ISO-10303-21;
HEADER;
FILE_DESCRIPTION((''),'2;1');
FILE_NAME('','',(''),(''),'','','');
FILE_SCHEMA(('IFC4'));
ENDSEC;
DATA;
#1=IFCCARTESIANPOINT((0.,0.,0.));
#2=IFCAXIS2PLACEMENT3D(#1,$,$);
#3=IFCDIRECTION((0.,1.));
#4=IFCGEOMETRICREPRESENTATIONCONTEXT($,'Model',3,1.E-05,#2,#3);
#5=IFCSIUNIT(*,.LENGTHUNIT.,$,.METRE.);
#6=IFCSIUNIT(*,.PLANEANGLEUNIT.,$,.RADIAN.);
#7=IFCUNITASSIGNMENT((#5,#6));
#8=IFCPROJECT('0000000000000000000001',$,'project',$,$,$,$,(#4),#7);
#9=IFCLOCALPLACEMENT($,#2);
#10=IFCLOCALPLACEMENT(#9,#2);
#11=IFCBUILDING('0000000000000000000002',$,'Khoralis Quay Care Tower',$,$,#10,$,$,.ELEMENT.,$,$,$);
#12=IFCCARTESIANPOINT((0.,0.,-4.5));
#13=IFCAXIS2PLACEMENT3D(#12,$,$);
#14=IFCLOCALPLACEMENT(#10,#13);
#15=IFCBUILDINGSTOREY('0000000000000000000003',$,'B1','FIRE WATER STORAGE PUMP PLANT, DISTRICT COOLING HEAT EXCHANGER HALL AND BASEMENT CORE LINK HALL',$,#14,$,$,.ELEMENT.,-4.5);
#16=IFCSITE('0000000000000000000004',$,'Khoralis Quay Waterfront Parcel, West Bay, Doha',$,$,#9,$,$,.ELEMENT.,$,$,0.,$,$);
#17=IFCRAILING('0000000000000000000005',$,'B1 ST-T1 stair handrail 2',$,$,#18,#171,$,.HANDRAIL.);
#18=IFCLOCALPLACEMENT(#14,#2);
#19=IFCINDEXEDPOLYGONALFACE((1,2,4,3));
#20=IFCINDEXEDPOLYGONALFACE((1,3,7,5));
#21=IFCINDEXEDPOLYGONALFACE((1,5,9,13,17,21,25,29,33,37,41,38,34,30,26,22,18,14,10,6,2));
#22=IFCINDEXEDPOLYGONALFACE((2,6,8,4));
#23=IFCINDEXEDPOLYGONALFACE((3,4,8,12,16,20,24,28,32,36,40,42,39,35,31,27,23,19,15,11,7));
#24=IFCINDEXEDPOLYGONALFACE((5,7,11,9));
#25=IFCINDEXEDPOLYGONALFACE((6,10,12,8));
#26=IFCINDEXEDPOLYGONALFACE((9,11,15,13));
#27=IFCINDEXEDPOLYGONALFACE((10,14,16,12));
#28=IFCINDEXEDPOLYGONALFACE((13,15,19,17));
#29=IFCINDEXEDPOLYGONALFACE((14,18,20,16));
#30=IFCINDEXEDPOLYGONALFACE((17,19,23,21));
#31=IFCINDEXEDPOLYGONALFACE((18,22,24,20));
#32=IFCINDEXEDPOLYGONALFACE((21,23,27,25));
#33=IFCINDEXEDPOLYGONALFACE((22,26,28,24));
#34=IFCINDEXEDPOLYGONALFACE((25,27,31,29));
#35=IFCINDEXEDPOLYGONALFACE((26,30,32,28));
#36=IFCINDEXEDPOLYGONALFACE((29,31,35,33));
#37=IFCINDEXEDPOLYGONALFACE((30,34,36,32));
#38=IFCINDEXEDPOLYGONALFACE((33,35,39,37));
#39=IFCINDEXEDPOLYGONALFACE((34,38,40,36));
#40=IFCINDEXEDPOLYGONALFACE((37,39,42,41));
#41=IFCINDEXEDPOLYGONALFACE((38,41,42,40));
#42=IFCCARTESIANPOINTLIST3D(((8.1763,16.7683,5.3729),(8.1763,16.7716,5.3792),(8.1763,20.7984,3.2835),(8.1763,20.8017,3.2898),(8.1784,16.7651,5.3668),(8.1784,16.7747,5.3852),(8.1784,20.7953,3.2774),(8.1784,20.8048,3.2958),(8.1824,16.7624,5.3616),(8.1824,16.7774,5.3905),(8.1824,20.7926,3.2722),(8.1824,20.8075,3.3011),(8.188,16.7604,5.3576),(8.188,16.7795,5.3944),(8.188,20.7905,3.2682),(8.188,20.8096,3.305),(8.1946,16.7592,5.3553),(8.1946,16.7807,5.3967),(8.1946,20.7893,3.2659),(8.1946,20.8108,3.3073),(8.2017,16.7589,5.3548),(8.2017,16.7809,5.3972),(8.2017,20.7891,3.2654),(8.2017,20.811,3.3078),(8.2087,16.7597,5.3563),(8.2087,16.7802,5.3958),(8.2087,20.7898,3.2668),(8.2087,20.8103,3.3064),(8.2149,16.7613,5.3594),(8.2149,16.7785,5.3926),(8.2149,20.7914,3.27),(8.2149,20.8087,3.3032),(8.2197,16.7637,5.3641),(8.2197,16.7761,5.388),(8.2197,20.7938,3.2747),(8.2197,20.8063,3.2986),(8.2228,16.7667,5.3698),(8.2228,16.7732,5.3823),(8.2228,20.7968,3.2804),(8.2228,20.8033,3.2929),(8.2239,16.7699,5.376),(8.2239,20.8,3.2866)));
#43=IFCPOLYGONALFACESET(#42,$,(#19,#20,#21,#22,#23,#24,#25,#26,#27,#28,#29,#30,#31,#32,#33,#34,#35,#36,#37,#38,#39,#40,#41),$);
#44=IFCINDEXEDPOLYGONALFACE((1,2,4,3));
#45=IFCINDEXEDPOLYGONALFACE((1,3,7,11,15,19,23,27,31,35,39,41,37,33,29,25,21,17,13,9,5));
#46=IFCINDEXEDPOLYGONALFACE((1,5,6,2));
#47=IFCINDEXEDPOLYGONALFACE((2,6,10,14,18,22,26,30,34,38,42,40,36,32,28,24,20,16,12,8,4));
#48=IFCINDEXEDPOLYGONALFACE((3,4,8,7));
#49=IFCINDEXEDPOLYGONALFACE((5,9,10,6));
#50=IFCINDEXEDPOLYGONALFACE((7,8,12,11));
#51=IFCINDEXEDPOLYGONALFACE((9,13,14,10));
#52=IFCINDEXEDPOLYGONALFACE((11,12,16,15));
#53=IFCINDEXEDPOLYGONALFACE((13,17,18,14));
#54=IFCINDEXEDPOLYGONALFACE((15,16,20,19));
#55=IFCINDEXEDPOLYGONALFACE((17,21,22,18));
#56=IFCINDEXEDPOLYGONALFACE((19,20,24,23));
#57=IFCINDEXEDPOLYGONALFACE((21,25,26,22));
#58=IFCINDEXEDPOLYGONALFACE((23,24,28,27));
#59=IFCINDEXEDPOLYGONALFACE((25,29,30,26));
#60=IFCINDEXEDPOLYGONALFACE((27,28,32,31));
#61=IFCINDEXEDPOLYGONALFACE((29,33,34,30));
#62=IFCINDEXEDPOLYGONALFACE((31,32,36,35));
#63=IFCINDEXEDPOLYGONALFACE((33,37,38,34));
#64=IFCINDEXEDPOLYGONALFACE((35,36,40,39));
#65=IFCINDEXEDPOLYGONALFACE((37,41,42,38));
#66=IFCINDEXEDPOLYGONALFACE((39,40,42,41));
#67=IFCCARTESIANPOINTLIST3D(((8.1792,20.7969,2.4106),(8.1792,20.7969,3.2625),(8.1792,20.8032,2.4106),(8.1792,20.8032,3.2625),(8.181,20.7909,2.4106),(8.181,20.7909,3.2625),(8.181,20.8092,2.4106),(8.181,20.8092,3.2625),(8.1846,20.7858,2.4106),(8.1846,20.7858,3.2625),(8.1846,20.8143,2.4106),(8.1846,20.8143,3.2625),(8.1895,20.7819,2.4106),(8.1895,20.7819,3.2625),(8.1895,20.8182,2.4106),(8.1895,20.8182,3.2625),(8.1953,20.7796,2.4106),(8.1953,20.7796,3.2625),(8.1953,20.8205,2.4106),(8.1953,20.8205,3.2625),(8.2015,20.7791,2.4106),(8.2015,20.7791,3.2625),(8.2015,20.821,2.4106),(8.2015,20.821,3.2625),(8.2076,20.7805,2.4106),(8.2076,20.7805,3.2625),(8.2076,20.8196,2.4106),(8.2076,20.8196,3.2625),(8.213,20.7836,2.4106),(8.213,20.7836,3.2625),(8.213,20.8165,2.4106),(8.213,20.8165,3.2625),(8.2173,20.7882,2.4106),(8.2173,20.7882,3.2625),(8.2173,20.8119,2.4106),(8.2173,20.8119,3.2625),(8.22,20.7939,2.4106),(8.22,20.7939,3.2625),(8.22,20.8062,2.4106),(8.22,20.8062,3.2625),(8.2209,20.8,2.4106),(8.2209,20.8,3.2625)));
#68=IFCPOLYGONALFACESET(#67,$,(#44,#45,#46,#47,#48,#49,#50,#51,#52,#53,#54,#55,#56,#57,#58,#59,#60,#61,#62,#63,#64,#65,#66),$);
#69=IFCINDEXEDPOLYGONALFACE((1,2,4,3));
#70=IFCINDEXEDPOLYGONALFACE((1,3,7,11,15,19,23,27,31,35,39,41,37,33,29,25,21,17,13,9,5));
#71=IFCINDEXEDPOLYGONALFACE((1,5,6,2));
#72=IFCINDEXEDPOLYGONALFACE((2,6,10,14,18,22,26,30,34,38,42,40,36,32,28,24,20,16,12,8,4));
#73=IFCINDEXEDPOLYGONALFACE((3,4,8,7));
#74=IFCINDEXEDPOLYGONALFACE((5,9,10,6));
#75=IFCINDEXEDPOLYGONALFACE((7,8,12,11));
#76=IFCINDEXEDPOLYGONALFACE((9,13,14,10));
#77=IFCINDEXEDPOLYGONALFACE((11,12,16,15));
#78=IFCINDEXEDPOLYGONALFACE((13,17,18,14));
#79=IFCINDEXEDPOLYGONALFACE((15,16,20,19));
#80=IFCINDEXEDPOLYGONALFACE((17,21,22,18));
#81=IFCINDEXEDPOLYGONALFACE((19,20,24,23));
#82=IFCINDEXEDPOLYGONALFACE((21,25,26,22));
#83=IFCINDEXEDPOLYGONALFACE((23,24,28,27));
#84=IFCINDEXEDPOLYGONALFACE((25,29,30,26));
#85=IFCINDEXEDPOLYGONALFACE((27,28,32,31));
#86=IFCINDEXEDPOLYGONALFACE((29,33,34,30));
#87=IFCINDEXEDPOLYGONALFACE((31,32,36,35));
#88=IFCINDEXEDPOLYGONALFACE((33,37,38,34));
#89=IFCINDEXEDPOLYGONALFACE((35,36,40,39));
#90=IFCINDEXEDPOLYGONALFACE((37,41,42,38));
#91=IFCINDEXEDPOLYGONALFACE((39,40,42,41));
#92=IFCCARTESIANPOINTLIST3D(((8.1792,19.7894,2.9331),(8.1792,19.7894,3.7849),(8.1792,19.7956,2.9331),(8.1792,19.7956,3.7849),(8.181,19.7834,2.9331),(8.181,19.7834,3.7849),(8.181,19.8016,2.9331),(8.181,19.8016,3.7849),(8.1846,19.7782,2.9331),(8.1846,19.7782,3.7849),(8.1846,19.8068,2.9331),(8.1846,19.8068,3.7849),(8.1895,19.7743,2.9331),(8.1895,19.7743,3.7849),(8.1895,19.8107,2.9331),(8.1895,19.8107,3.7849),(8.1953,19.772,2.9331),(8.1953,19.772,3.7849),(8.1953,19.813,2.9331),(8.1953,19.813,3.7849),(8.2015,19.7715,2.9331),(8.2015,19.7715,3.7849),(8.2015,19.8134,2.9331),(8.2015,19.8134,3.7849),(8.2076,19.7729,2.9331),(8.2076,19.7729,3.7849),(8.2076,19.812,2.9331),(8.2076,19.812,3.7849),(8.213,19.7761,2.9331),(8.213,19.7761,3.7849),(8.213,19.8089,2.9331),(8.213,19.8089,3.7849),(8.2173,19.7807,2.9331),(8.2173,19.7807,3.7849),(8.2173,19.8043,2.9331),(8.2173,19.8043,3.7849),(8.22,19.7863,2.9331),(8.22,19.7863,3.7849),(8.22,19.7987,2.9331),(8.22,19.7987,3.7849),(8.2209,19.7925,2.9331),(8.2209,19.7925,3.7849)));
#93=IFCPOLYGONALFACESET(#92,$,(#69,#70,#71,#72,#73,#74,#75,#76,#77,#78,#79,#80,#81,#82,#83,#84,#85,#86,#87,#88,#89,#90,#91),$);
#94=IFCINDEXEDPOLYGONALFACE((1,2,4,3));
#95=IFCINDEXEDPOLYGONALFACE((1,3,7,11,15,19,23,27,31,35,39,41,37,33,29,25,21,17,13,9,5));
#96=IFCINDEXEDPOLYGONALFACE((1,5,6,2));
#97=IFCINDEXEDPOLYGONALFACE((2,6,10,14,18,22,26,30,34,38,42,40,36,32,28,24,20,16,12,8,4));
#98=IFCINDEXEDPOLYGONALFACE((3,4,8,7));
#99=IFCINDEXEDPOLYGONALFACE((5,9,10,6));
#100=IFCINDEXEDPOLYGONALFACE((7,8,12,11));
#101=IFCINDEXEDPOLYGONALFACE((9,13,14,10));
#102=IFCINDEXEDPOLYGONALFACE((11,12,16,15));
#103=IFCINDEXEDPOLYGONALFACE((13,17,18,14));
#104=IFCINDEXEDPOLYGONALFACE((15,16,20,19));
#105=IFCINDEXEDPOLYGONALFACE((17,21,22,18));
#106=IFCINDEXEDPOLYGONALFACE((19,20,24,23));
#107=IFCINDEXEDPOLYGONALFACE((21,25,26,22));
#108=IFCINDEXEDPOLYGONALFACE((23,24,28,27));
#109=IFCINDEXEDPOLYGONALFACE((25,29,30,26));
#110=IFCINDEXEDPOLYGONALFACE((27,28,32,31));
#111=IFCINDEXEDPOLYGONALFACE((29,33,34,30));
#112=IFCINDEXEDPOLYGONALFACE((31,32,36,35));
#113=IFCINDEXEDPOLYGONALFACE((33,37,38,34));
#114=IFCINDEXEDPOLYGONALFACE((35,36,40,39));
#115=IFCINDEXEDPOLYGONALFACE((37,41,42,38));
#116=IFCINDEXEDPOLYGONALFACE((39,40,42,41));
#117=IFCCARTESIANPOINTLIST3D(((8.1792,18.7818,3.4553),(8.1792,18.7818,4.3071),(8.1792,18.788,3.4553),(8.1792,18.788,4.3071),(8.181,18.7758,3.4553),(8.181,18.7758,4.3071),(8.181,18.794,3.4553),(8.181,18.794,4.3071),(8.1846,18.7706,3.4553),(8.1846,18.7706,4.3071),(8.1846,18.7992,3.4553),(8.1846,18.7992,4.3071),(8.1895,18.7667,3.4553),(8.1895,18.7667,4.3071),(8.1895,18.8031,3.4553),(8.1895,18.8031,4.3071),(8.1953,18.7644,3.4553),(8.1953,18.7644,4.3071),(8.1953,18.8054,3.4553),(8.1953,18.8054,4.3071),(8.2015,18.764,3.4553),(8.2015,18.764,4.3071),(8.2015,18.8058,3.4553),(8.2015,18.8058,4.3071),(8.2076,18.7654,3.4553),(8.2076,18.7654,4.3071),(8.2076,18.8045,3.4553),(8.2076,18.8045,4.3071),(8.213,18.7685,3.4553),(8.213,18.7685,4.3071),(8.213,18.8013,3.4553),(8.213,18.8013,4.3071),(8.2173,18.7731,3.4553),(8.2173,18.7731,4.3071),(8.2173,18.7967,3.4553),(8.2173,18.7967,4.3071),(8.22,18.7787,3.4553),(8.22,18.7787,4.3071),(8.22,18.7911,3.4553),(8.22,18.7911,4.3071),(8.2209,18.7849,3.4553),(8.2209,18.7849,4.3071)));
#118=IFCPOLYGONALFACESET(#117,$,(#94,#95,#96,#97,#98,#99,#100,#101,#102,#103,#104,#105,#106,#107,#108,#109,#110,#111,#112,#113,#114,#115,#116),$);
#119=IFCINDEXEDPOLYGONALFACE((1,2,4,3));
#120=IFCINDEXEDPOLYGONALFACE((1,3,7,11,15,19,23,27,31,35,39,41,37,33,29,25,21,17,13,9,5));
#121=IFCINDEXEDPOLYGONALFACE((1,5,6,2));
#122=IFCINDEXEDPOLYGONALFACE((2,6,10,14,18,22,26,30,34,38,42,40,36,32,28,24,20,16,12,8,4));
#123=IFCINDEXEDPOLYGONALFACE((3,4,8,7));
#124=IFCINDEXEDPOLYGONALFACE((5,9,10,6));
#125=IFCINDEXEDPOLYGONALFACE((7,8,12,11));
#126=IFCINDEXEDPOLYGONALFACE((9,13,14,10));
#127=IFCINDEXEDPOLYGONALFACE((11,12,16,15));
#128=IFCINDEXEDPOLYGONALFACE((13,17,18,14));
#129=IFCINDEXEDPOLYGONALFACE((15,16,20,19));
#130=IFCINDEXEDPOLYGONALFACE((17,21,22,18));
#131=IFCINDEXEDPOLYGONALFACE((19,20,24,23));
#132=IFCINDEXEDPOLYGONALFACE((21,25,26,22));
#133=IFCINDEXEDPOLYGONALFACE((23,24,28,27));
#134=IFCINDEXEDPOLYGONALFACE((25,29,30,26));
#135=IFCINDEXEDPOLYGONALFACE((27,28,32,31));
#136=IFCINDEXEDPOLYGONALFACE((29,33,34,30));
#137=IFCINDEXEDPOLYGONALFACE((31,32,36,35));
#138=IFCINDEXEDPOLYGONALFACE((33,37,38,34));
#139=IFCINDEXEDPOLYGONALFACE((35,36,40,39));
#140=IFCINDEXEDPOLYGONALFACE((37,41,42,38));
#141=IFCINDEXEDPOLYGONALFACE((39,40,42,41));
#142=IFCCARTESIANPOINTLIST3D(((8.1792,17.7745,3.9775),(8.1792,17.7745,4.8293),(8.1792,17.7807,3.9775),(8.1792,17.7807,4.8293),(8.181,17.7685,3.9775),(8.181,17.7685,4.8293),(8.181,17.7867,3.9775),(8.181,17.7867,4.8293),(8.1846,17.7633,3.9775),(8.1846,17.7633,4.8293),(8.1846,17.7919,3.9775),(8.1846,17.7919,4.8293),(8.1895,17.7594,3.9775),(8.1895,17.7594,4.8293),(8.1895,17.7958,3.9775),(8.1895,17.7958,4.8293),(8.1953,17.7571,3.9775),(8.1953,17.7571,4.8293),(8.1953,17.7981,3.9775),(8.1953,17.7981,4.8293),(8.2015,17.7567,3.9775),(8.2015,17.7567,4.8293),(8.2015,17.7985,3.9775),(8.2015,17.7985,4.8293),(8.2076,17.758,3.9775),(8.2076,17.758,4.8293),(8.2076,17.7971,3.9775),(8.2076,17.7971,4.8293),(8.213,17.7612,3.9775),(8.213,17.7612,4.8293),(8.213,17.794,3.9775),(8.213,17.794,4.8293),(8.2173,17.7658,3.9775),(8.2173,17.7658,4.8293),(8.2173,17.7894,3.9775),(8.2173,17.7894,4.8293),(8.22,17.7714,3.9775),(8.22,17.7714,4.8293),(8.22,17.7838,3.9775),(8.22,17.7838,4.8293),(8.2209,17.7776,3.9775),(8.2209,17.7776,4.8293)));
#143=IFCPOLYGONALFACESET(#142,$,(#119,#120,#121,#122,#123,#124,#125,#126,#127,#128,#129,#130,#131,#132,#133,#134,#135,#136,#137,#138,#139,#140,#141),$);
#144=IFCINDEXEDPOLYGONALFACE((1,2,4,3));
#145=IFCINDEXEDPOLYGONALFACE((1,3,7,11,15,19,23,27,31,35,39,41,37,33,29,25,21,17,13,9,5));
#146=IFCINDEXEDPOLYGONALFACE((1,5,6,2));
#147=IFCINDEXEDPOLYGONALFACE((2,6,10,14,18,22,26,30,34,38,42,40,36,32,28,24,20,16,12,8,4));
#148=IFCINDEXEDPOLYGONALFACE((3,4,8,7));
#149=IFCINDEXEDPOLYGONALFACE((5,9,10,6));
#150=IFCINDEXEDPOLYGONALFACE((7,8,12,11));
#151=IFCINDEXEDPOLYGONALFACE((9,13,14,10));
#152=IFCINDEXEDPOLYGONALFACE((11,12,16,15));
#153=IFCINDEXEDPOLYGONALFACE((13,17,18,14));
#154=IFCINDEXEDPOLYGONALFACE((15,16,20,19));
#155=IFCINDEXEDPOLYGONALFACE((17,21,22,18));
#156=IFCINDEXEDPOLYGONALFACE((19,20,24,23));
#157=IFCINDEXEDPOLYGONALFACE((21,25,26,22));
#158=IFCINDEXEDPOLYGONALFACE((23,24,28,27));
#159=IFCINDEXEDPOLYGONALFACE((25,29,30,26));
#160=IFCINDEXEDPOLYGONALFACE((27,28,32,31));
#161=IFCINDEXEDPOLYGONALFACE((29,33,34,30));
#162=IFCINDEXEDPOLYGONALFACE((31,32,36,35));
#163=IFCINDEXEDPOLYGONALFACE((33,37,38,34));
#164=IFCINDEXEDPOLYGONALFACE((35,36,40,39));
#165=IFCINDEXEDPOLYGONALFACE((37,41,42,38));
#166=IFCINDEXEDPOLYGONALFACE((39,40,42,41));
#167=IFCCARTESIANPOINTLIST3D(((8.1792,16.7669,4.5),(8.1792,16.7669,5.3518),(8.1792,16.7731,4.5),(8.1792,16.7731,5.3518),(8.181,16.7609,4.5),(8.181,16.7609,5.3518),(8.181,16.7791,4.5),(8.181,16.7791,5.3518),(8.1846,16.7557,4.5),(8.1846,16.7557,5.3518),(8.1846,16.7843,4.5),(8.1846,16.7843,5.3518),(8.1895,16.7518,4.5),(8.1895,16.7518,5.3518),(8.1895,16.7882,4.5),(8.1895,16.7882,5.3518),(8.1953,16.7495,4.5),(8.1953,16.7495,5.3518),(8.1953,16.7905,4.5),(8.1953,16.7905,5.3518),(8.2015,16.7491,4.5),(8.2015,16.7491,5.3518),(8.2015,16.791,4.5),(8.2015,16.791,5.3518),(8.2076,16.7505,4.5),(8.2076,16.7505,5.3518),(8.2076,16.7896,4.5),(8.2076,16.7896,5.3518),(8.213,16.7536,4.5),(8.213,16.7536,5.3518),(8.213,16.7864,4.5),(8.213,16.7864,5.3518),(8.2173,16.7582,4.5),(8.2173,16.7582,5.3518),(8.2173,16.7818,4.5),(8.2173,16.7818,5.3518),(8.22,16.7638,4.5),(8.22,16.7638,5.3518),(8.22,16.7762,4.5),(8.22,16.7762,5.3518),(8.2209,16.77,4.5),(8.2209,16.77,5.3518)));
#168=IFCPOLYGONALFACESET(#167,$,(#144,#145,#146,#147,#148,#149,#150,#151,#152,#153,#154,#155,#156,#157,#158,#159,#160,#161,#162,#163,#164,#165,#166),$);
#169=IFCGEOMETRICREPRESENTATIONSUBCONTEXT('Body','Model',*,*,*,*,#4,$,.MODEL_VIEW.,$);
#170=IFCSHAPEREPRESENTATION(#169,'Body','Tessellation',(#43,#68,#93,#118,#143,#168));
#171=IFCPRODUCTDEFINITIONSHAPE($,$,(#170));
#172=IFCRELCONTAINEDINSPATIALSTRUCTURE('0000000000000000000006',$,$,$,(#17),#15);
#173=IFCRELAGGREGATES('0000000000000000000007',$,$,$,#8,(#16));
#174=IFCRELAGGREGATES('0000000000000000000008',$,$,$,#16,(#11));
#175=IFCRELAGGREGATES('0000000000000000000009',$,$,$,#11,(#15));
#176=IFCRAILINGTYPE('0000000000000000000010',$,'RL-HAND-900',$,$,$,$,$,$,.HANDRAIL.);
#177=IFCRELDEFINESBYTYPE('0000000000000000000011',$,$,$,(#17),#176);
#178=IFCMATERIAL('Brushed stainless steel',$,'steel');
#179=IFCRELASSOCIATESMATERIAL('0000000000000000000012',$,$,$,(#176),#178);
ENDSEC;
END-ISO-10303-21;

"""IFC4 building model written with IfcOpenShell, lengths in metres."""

from ifc_helpers import new_model, si_unit, direction, frame, origin, origin_2d, place, context, subcontext, project, spatial, circle, extrude, material, type_object, element, save


model = new_model("IFC4")

# Units and contexts
model_context = context("Model", 3, precision=1e-05, world=origin(), true_north=direction((0.0, 1.0)))
body_context = subcontext(model_context, "Body", "Model", "MODEL_VIEW")
ifc_project = project(units=[si_unit("LENGTHUNIT", "METRE"), si_unit("PLANEANGLEUNIT", "RADIAN")], contexts=[model_context])

# Site, building, storey
site_placement = place(None, origin())
site = spatial("IfcSite", under=ifc_project, at=site_placement, Name="Khoralis Quay Waterfront Parcel, West Bay, Doha", CompositionType="ELEMENT", RefElevation=0.0)
building_placement = place(site_placement, origin())
building = spatial("IfcBuilding", under=site, at=building_placement, Name="Khoralis Quay Care Tower", CompositionType="ELEMENT")
storey_placement = place(building_placement, frame((0.0, 0.0, -4.5)))
storey = spatial("IfcBuildingStorey", under=building, at=storey_placement, Name="B1", Description="FIRE WATER STORAGE PUMP PLANT, DISTRICT COOLING HEAT EXCHANGER HALL AND BASEMENT CORE LINK HALL", CompositionType="ELEMENT", Elevation=-4.5)

# Shared definitions
ifc_material_1 = material(Name="Brushed stainless steel", Category="steel")

# Railing
railing_type_1 = type_object("IfcRailingType", Name="RL-HAND-900", PredefinedType="HANDRAIL", material=ifc_material_1)
railing_1_placement = place(storey_placement, frame((8.2, 20.8, 2.4106)))
element("IfcRailing", 1, at=railing_1_placement, inside=storey, type_object=railing_type_1, Name="B1 ST-T1 stair handrail 2", PredefinedType="HANDRAIL", context=body_context, shape_type="SweptSolid", body=[
    extrude(circle(Radius=0.0239, at=origin_2d()), frame((0.0, 0.0, 0.876), z_axis=(0.0, -0.887781, 0.460267), x_axis=(1.0, 0.0, 0.0)), (0.0, 0.0, 1.0), 4.5396),
    extrude(circle(Radius=0.021, at=origin_2d()), origin(), (0.0, 0.0, 1.0), 0.8518),
    extrude(circle(Radius=0.021, at=origin_2d()), frame((0.0, -1.0076, 0.5225)), (0.0, 0.0, 1.0), 0.8518),
    extrude(circle(Radius=0.021, at=origin_2d()), frame((0.0, -2.0151, 1.0447)), (0.0, 0.0, 1.0), 0.8518),
    extrude(circle(Radius=0.021, at=origin_2d()), frame((0.0, -3.0225, 1.5669)), (0.0, 0.0, 1.0), 0.8518),
    extrude(circle(Radius=0.021, at=origin_2d()), frame((0.0, -4.03, 2.0894)), (0.0, 0.0, 1.0), 0.8518),
])

save(model, "model.ifc")
